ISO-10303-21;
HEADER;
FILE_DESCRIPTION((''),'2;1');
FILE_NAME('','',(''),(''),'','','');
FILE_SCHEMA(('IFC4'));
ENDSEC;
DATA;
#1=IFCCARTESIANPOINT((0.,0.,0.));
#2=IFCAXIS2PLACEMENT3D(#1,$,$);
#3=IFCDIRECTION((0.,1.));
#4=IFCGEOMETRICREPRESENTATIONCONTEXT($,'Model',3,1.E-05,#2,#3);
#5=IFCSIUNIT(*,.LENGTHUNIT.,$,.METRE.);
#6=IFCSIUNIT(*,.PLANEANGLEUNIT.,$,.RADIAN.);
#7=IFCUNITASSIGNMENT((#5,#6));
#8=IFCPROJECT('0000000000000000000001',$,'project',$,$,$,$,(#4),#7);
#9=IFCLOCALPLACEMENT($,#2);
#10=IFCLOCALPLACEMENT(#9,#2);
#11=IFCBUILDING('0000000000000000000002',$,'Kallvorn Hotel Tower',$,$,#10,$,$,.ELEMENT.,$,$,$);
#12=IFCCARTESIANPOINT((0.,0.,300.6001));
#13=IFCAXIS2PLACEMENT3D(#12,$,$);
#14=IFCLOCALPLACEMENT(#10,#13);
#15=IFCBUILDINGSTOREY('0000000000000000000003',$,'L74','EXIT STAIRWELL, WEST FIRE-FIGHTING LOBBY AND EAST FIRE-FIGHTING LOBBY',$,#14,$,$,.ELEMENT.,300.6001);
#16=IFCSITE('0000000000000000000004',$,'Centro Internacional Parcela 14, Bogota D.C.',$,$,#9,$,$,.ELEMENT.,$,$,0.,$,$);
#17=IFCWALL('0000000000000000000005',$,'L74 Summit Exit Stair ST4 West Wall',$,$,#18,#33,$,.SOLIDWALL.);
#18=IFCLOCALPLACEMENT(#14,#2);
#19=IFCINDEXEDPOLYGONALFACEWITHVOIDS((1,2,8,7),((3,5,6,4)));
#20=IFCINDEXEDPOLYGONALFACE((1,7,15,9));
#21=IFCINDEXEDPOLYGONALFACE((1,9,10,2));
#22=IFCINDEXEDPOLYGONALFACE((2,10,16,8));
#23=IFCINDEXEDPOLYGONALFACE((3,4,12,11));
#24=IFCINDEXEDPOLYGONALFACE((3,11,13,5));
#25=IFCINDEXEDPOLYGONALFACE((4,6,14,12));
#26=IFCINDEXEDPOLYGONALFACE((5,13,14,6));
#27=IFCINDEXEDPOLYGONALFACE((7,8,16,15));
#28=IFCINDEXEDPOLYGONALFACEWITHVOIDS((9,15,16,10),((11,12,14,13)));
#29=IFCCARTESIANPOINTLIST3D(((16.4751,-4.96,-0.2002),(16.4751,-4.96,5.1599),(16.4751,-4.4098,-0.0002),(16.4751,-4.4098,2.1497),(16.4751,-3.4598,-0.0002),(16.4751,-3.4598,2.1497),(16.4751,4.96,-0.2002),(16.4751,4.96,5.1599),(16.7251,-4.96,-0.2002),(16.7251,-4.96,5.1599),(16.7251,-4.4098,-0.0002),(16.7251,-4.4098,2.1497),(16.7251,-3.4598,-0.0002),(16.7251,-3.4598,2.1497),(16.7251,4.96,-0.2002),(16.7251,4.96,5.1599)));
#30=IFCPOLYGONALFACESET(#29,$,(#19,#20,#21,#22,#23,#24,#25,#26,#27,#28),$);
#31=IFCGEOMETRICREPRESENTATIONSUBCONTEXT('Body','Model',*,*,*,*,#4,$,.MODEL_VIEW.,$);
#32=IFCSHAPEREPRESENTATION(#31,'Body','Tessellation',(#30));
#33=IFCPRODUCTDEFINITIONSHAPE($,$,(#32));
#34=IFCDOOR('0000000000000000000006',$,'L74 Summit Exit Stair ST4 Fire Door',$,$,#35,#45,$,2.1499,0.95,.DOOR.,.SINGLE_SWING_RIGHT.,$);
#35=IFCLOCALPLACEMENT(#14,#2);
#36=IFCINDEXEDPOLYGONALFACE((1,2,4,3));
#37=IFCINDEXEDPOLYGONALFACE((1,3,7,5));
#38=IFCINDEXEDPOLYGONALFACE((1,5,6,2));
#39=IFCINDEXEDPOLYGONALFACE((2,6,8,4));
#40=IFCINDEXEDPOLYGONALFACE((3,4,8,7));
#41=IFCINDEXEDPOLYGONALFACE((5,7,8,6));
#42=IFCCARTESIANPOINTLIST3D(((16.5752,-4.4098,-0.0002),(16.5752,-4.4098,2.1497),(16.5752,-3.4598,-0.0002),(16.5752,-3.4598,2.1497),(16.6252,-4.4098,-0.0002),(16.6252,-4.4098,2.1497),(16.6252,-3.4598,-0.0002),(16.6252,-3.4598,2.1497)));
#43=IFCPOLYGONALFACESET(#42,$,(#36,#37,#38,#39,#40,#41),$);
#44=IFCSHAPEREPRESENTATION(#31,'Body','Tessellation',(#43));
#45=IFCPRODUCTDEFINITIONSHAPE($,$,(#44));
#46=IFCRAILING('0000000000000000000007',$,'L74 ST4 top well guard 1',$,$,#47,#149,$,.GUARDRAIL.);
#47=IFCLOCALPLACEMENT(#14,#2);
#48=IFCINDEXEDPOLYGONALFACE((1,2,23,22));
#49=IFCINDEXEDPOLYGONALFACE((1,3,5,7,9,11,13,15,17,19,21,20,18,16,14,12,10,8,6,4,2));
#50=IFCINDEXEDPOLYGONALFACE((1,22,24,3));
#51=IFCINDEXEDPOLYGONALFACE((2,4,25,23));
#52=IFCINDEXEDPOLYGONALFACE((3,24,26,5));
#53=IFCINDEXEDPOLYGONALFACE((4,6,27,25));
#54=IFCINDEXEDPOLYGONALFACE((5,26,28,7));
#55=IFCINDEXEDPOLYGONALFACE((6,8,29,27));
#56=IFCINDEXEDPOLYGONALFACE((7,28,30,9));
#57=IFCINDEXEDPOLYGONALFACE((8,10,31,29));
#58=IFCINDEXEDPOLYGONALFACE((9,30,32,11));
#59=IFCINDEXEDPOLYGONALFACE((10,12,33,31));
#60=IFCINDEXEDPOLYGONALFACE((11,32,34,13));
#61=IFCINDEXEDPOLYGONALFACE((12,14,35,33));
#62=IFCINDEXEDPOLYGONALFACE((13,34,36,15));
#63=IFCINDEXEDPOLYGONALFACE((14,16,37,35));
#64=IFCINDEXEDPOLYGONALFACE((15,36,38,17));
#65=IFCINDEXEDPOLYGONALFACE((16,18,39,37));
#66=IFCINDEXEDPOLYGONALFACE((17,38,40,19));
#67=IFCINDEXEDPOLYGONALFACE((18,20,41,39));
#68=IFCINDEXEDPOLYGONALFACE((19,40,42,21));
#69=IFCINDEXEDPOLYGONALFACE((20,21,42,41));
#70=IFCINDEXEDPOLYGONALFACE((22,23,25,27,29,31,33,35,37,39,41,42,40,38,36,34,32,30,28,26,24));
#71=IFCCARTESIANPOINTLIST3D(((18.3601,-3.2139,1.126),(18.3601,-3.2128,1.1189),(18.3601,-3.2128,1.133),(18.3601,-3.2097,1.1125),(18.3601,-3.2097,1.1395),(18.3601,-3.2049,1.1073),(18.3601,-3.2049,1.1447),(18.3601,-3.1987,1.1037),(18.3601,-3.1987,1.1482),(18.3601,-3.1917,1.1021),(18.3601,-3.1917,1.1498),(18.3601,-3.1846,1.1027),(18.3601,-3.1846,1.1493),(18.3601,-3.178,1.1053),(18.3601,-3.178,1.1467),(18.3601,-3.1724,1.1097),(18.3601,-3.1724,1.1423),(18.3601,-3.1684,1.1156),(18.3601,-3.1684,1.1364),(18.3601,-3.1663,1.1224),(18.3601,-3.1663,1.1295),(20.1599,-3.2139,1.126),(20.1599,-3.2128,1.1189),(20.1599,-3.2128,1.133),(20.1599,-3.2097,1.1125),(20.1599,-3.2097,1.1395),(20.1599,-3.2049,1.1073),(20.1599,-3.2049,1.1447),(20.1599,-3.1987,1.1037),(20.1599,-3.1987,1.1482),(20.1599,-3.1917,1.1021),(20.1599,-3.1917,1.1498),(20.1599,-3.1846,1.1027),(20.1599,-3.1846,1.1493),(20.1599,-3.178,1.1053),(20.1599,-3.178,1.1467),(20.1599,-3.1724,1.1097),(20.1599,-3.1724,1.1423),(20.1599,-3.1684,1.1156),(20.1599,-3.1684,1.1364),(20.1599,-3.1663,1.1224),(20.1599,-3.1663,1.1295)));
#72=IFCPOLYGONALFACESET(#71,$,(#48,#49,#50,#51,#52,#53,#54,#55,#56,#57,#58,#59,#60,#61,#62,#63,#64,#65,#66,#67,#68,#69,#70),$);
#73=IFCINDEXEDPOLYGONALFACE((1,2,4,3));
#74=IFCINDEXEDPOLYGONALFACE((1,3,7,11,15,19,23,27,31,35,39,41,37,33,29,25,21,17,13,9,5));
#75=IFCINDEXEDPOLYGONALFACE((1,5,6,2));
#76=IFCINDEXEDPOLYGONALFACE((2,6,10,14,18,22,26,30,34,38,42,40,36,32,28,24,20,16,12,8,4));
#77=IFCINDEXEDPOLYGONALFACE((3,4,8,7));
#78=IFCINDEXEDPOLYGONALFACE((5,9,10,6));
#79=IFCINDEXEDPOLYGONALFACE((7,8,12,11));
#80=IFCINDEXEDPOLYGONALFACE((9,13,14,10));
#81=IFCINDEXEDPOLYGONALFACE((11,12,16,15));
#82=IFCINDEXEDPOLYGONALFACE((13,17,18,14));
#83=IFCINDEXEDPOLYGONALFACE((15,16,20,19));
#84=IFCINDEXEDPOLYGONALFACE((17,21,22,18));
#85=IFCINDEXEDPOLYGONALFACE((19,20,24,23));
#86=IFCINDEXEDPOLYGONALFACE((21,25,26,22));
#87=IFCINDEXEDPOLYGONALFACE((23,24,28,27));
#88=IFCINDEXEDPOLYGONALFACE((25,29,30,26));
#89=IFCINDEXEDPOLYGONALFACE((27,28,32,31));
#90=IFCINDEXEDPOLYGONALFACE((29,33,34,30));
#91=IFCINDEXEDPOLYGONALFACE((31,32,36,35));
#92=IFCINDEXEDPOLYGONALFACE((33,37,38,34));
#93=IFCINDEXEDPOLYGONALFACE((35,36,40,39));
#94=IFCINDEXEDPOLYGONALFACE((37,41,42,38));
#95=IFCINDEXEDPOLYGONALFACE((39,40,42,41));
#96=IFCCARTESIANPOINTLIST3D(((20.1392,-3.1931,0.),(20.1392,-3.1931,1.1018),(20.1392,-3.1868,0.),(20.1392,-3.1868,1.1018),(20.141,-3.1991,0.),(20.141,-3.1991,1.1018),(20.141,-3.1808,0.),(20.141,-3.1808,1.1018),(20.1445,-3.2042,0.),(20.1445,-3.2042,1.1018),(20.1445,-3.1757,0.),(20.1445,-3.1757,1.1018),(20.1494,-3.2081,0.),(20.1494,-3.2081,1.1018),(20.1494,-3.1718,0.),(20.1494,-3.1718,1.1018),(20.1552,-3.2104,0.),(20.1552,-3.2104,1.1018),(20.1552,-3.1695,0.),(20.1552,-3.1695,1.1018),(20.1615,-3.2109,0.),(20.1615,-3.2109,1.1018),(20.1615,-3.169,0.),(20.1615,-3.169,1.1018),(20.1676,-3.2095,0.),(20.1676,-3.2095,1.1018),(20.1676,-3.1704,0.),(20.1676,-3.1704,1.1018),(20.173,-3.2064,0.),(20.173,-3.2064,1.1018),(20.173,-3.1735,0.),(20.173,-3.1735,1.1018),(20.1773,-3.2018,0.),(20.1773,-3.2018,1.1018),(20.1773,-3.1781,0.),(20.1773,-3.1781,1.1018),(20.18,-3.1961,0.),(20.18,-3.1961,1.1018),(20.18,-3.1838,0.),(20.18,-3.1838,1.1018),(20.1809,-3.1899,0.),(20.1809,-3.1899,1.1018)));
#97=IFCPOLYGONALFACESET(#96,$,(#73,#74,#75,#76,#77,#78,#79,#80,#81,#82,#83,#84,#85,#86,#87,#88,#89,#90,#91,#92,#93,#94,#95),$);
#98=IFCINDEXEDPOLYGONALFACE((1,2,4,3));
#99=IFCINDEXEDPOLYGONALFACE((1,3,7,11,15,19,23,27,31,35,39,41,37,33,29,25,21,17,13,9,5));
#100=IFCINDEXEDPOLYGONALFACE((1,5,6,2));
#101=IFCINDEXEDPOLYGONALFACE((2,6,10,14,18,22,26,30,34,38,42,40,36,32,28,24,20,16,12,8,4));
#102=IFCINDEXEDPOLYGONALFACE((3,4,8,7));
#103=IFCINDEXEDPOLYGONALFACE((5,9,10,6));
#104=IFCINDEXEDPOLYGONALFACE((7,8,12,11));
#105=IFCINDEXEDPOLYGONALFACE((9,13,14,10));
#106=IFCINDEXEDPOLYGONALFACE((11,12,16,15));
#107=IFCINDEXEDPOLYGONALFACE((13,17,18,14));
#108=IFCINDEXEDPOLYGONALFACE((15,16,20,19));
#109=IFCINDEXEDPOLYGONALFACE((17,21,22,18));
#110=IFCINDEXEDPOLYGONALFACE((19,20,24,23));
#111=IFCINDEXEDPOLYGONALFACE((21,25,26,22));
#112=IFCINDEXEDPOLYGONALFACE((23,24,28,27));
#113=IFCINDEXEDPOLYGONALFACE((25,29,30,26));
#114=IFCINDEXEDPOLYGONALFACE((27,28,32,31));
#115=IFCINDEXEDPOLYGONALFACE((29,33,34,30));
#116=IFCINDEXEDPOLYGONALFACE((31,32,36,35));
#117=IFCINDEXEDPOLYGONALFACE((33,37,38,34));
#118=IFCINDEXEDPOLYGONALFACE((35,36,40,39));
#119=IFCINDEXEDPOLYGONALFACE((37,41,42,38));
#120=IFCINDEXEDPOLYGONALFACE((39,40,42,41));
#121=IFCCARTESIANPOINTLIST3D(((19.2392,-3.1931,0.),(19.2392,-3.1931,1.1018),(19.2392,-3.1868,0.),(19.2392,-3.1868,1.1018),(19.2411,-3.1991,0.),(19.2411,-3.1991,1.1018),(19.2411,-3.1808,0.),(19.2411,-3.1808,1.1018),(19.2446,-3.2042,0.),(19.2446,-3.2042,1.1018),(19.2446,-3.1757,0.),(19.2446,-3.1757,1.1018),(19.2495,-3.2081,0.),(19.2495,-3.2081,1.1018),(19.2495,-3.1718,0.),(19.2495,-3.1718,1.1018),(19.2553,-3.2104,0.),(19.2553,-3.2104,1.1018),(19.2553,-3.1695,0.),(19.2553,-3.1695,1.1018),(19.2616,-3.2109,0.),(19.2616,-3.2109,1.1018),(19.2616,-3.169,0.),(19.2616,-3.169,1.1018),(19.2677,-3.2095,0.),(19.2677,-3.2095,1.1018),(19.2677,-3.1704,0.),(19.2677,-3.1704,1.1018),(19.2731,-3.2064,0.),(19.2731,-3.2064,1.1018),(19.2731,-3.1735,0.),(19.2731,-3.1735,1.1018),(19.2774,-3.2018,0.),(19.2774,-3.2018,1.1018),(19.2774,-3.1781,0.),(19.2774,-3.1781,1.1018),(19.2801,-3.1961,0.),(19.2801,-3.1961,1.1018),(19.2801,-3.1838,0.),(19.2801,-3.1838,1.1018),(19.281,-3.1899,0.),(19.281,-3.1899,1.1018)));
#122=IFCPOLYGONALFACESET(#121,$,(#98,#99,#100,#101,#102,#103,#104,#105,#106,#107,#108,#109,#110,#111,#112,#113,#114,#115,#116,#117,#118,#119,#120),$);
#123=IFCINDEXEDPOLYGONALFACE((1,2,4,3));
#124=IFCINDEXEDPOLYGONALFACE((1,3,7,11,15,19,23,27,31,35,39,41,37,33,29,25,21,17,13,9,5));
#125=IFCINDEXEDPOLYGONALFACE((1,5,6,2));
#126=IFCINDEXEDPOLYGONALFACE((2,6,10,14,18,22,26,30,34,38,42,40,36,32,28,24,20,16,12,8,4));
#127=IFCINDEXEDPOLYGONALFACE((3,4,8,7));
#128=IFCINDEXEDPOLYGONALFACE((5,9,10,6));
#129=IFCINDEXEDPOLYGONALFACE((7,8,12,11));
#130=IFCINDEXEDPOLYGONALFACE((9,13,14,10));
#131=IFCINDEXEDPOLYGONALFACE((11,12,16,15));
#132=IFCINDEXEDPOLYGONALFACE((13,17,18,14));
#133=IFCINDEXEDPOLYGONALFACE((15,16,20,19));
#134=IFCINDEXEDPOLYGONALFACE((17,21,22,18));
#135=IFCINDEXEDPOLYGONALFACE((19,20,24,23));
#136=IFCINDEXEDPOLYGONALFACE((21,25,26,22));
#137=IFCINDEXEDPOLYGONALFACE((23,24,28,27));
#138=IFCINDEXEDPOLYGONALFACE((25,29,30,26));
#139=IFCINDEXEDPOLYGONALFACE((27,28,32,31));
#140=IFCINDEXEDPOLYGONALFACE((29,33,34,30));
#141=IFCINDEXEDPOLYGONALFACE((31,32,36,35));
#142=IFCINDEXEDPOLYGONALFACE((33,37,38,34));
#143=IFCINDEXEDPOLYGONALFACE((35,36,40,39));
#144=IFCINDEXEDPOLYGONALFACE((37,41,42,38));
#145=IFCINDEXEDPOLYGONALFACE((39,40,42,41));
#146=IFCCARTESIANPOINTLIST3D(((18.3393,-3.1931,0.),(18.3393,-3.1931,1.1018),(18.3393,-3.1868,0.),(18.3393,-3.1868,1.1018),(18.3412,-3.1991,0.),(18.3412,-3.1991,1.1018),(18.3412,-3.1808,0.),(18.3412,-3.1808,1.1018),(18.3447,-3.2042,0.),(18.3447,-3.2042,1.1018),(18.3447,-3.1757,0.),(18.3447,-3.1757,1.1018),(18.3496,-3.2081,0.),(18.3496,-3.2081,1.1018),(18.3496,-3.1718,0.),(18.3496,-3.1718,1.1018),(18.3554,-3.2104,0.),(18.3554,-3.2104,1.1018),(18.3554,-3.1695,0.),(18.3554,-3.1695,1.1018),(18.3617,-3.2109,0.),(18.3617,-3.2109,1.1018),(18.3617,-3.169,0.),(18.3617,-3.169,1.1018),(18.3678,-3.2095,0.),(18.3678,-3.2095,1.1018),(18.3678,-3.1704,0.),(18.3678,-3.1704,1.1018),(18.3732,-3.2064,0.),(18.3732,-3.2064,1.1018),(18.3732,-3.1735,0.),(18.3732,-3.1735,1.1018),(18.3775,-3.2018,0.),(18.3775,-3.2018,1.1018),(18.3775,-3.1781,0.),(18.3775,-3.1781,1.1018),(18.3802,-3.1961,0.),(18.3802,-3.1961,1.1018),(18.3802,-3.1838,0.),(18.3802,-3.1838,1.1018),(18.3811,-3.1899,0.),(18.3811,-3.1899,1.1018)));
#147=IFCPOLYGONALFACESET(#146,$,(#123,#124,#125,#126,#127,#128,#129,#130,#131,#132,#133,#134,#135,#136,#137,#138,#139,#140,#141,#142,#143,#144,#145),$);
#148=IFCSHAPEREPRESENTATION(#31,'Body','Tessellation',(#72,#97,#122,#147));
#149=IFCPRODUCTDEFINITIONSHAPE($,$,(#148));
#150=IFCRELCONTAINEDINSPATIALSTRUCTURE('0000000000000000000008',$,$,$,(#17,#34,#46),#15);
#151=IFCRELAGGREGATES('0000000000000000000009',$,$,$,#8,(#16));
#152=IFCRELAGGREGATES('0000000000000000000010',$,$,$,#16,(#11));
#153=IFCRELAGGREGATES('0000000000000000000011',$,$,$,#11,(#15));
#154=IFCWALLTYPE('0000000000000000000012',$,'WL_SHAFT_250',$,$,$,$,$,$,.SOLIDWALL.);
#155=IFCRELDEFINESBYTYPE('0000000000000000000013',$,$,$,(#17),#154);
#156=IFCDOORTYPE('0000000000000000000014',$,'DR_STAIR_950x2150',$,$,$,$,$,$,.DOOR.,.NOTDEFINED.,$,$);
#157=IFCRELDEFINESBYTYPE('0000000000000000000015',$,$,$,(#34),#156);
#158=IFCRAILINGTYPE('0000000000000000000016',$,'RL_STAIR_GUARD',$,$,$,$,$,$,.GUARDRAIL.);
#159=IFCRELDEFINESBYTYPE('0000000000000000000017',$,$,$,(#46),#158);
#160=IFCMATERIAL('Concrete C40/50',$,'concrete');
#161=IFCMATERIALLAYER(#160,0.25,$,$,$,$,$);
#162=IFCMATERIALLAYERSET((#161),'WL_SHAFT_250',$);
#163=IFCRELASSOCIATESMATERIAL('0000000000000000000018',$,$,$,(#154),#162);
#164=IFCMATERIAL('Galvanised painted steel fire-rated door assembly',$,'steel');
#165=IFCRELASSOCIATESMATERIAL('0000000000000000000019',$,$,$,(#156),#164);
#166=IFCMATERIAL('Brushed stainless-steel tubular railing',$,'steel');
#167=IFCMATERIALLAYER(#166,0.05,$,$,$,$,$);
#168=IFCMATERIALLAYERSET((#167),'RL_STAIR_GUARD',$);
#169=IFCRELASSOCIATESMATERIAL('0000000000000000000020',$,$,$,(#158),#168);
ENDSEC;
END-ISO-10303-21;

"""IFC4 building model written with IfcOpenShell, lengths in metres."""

from ifc_helpers import new_model, si_unit, direction, frame, frame_2d, origin, origin_2d, place, context, subcontext, project, spatial, rectangle, circle, extrude, material, layer, layer_set, type_object, element, fill, save


model = new_model("IFC4")

# Units and contexts
model_context = context("Model", 3, precision=1e-05, world=origin(), true_north=direction((0.0, 1.0)))
body_context = subcontext(model_context, "Body", "Model", "MODEL_VIEW")
ifc_project = project(units=[si_unit("LENGTHUNIT", "METRE"), si_unit("PLANEANGLEUNIT", "RADIAN")], contexts=[model_context])

# Site, building, storey
site_placement = place(None, origin())
site = spatial("IfcSite", under=ifc_project, at=site_placement, Name="Centro Internacional Parcela 14, Bogota D.C.", CompositionType="ELEMENT", RefElevation=0.0)
building_placement = place(site_placement, origin())
building = spatial("IfcBuilding", under=site, at=building_placement, Name="Kallvorn Hotel Tower", CompositionType="ELEMENT")
storey_placement = place(building_placement, frame((0.0, 0.0, 300.6001)))
storey = spatial("IfcBuildingStorey", under=building, at=storey_placement, Name="L74", Description="EXIT STAIRWELL, WEST FIRE-FIGHTING LOBBY AND EAST FIRE-FIGHTING LOBBY", CompositionType="ELEMENT", Elevation=300.6001)

# Shared definitions
ifc_material_1 = material(Name="Concrete C40/50", Category="concrete")
ifc_layer_1 = layer(ifc_material_1, 0.25)
ifc_layer_set_1 = layer_set([ifc_layer_1], Name="WL_SHAFT_250")
wall_type_1 = type_object("IfcWallType", Name="WL_SHAFT_250", PredefinedType="SOLIDWALL", material=ifc_layer_set_1)

# Wall, opening, door
wall_1_placement = place(storey_placement, frame((16.6001, -4.96, -0.2002), z_axis=(0.0, 0.0, 1.0), x_axis=(0.0, 1.0, 0.0)))
wall_1 = element("IfcWall", 1, at=wall_1_placement, inside=storey, type_object=wall_type_1, Name="L74 Summit Exit Stair ST4 West Wall", PredefinedType="SOLIDWALL", context=body_context, shape_type="SweptSolid", body=[
    extrude(rectangle(XDim=9.9199, YDim=0.25, at=frame_2d((4.96, 0.0))), origin(), (0.0, 0.0, 1.0), 5.3601),
])
opening_placement = place(wall_1_placement, frame((0.55, 0.0, 0.2)))
opening = element("IfcOpeningElement", 2, at=opening_placement, cuts=wall_1, PredefinedType="OPENING", context=body_context, shape_type="SweptSolid", body=[
    extrude(rectangle(XDim=0.95, YDim=2.1499, at=frame_2d((0.4751, 1.075))), frame((0.0, 0.1399, 0.0), z_axis=(0.0, -1.0, 0.0), x_axis=(1.0, 0.0, 0.0)), (0.0, 0.0, 1.0), 0.28),
])
ifc_material_2 = material(Name="Galvanised painted steel fire-rated door assembly", Category="steel")
door_type = type_object("IfcDoorType", Name="DR_STAIR_950x2150", OperationType="NOTDEFINED", PredefinedType="DOOR", material=ifc_material_2)
door_placement = place(opening_placement, origin())
door = element("IfcDoor", 3, at=door_placement, inside=storey, type_object=door_type, Name="L74 Summit Exit Stair ST4 Fire Door", OperationType="SINGLE_SWING_RIGHT", OverallHeight=2.1499, OverallWidth=0.95, PredefinedType="DOOR", context=body_context, shape_type="SweptSolid", body=[
    extrude(rectangle(XDim=0.95, YDim=2.1499, at=frame_2d((0.4751, 1.075))), frame((0.0, 0.0249, 0.0), z_axis=(0.0, -1.0, 0.0), x_axis=(1.0, 0.0, 0.0)), (0.0, 0.0, 1.0), 0.05),
])
fill(opening, door)

# Railing
ifc_material_3 = material(Name="Brushed stainless-steel tubular railing", Category="steel")
ifc_layer_2 = layer(ifc_material_3, 0.05)
ifc_layer_set_2 = layer_set([ifc_layer_2], Name="RL_STAIR_GUARD")
railing_type = type_object("IfcRailingType", Name="RL_STAIR_GUARD", PredefinedType="GUARDRAIL", material=ifc_layer_set_2)
railing_placement = place(storey_placement, frame((20.1599, -3.1899, 0.0)))
element("IfcRailing", 4, at=railing_placement, inside=storey, type_object=railing_type, Name="L74 ST4 top well guard 1", PredefinedType="GUARDRAIL", context=body_context, shape_type="SweptSolid", body=[
    extrude(circle(Radius=0.0239, at=origin_2d()), frame((0.0, 0.0, 1.126), z_axis=(-1.0, 0.0, 0.0), x_axis=(0.0, -1.0, 0.0)), (0.0, 0.0, 1.0), 1.7998),
    extrude(circle(Radius=0.021, at=origin_2d()), origin(), (0.0, 0.0, 1.0), 1.1018),
    extrude(circle(Radius=0.021, at=origin_2d()), frame((-0.8999, 0.0, 0.0)), (0.0, 0.0, 1.0), 1.1018),
    extrude(circle(Radius=0.021, at=origin_2d()), frame((-1.7998, 0.0, 0.0)), (0.0, 0.0, 1.0), 1.1018),
])

save(model, "model.ifc")
